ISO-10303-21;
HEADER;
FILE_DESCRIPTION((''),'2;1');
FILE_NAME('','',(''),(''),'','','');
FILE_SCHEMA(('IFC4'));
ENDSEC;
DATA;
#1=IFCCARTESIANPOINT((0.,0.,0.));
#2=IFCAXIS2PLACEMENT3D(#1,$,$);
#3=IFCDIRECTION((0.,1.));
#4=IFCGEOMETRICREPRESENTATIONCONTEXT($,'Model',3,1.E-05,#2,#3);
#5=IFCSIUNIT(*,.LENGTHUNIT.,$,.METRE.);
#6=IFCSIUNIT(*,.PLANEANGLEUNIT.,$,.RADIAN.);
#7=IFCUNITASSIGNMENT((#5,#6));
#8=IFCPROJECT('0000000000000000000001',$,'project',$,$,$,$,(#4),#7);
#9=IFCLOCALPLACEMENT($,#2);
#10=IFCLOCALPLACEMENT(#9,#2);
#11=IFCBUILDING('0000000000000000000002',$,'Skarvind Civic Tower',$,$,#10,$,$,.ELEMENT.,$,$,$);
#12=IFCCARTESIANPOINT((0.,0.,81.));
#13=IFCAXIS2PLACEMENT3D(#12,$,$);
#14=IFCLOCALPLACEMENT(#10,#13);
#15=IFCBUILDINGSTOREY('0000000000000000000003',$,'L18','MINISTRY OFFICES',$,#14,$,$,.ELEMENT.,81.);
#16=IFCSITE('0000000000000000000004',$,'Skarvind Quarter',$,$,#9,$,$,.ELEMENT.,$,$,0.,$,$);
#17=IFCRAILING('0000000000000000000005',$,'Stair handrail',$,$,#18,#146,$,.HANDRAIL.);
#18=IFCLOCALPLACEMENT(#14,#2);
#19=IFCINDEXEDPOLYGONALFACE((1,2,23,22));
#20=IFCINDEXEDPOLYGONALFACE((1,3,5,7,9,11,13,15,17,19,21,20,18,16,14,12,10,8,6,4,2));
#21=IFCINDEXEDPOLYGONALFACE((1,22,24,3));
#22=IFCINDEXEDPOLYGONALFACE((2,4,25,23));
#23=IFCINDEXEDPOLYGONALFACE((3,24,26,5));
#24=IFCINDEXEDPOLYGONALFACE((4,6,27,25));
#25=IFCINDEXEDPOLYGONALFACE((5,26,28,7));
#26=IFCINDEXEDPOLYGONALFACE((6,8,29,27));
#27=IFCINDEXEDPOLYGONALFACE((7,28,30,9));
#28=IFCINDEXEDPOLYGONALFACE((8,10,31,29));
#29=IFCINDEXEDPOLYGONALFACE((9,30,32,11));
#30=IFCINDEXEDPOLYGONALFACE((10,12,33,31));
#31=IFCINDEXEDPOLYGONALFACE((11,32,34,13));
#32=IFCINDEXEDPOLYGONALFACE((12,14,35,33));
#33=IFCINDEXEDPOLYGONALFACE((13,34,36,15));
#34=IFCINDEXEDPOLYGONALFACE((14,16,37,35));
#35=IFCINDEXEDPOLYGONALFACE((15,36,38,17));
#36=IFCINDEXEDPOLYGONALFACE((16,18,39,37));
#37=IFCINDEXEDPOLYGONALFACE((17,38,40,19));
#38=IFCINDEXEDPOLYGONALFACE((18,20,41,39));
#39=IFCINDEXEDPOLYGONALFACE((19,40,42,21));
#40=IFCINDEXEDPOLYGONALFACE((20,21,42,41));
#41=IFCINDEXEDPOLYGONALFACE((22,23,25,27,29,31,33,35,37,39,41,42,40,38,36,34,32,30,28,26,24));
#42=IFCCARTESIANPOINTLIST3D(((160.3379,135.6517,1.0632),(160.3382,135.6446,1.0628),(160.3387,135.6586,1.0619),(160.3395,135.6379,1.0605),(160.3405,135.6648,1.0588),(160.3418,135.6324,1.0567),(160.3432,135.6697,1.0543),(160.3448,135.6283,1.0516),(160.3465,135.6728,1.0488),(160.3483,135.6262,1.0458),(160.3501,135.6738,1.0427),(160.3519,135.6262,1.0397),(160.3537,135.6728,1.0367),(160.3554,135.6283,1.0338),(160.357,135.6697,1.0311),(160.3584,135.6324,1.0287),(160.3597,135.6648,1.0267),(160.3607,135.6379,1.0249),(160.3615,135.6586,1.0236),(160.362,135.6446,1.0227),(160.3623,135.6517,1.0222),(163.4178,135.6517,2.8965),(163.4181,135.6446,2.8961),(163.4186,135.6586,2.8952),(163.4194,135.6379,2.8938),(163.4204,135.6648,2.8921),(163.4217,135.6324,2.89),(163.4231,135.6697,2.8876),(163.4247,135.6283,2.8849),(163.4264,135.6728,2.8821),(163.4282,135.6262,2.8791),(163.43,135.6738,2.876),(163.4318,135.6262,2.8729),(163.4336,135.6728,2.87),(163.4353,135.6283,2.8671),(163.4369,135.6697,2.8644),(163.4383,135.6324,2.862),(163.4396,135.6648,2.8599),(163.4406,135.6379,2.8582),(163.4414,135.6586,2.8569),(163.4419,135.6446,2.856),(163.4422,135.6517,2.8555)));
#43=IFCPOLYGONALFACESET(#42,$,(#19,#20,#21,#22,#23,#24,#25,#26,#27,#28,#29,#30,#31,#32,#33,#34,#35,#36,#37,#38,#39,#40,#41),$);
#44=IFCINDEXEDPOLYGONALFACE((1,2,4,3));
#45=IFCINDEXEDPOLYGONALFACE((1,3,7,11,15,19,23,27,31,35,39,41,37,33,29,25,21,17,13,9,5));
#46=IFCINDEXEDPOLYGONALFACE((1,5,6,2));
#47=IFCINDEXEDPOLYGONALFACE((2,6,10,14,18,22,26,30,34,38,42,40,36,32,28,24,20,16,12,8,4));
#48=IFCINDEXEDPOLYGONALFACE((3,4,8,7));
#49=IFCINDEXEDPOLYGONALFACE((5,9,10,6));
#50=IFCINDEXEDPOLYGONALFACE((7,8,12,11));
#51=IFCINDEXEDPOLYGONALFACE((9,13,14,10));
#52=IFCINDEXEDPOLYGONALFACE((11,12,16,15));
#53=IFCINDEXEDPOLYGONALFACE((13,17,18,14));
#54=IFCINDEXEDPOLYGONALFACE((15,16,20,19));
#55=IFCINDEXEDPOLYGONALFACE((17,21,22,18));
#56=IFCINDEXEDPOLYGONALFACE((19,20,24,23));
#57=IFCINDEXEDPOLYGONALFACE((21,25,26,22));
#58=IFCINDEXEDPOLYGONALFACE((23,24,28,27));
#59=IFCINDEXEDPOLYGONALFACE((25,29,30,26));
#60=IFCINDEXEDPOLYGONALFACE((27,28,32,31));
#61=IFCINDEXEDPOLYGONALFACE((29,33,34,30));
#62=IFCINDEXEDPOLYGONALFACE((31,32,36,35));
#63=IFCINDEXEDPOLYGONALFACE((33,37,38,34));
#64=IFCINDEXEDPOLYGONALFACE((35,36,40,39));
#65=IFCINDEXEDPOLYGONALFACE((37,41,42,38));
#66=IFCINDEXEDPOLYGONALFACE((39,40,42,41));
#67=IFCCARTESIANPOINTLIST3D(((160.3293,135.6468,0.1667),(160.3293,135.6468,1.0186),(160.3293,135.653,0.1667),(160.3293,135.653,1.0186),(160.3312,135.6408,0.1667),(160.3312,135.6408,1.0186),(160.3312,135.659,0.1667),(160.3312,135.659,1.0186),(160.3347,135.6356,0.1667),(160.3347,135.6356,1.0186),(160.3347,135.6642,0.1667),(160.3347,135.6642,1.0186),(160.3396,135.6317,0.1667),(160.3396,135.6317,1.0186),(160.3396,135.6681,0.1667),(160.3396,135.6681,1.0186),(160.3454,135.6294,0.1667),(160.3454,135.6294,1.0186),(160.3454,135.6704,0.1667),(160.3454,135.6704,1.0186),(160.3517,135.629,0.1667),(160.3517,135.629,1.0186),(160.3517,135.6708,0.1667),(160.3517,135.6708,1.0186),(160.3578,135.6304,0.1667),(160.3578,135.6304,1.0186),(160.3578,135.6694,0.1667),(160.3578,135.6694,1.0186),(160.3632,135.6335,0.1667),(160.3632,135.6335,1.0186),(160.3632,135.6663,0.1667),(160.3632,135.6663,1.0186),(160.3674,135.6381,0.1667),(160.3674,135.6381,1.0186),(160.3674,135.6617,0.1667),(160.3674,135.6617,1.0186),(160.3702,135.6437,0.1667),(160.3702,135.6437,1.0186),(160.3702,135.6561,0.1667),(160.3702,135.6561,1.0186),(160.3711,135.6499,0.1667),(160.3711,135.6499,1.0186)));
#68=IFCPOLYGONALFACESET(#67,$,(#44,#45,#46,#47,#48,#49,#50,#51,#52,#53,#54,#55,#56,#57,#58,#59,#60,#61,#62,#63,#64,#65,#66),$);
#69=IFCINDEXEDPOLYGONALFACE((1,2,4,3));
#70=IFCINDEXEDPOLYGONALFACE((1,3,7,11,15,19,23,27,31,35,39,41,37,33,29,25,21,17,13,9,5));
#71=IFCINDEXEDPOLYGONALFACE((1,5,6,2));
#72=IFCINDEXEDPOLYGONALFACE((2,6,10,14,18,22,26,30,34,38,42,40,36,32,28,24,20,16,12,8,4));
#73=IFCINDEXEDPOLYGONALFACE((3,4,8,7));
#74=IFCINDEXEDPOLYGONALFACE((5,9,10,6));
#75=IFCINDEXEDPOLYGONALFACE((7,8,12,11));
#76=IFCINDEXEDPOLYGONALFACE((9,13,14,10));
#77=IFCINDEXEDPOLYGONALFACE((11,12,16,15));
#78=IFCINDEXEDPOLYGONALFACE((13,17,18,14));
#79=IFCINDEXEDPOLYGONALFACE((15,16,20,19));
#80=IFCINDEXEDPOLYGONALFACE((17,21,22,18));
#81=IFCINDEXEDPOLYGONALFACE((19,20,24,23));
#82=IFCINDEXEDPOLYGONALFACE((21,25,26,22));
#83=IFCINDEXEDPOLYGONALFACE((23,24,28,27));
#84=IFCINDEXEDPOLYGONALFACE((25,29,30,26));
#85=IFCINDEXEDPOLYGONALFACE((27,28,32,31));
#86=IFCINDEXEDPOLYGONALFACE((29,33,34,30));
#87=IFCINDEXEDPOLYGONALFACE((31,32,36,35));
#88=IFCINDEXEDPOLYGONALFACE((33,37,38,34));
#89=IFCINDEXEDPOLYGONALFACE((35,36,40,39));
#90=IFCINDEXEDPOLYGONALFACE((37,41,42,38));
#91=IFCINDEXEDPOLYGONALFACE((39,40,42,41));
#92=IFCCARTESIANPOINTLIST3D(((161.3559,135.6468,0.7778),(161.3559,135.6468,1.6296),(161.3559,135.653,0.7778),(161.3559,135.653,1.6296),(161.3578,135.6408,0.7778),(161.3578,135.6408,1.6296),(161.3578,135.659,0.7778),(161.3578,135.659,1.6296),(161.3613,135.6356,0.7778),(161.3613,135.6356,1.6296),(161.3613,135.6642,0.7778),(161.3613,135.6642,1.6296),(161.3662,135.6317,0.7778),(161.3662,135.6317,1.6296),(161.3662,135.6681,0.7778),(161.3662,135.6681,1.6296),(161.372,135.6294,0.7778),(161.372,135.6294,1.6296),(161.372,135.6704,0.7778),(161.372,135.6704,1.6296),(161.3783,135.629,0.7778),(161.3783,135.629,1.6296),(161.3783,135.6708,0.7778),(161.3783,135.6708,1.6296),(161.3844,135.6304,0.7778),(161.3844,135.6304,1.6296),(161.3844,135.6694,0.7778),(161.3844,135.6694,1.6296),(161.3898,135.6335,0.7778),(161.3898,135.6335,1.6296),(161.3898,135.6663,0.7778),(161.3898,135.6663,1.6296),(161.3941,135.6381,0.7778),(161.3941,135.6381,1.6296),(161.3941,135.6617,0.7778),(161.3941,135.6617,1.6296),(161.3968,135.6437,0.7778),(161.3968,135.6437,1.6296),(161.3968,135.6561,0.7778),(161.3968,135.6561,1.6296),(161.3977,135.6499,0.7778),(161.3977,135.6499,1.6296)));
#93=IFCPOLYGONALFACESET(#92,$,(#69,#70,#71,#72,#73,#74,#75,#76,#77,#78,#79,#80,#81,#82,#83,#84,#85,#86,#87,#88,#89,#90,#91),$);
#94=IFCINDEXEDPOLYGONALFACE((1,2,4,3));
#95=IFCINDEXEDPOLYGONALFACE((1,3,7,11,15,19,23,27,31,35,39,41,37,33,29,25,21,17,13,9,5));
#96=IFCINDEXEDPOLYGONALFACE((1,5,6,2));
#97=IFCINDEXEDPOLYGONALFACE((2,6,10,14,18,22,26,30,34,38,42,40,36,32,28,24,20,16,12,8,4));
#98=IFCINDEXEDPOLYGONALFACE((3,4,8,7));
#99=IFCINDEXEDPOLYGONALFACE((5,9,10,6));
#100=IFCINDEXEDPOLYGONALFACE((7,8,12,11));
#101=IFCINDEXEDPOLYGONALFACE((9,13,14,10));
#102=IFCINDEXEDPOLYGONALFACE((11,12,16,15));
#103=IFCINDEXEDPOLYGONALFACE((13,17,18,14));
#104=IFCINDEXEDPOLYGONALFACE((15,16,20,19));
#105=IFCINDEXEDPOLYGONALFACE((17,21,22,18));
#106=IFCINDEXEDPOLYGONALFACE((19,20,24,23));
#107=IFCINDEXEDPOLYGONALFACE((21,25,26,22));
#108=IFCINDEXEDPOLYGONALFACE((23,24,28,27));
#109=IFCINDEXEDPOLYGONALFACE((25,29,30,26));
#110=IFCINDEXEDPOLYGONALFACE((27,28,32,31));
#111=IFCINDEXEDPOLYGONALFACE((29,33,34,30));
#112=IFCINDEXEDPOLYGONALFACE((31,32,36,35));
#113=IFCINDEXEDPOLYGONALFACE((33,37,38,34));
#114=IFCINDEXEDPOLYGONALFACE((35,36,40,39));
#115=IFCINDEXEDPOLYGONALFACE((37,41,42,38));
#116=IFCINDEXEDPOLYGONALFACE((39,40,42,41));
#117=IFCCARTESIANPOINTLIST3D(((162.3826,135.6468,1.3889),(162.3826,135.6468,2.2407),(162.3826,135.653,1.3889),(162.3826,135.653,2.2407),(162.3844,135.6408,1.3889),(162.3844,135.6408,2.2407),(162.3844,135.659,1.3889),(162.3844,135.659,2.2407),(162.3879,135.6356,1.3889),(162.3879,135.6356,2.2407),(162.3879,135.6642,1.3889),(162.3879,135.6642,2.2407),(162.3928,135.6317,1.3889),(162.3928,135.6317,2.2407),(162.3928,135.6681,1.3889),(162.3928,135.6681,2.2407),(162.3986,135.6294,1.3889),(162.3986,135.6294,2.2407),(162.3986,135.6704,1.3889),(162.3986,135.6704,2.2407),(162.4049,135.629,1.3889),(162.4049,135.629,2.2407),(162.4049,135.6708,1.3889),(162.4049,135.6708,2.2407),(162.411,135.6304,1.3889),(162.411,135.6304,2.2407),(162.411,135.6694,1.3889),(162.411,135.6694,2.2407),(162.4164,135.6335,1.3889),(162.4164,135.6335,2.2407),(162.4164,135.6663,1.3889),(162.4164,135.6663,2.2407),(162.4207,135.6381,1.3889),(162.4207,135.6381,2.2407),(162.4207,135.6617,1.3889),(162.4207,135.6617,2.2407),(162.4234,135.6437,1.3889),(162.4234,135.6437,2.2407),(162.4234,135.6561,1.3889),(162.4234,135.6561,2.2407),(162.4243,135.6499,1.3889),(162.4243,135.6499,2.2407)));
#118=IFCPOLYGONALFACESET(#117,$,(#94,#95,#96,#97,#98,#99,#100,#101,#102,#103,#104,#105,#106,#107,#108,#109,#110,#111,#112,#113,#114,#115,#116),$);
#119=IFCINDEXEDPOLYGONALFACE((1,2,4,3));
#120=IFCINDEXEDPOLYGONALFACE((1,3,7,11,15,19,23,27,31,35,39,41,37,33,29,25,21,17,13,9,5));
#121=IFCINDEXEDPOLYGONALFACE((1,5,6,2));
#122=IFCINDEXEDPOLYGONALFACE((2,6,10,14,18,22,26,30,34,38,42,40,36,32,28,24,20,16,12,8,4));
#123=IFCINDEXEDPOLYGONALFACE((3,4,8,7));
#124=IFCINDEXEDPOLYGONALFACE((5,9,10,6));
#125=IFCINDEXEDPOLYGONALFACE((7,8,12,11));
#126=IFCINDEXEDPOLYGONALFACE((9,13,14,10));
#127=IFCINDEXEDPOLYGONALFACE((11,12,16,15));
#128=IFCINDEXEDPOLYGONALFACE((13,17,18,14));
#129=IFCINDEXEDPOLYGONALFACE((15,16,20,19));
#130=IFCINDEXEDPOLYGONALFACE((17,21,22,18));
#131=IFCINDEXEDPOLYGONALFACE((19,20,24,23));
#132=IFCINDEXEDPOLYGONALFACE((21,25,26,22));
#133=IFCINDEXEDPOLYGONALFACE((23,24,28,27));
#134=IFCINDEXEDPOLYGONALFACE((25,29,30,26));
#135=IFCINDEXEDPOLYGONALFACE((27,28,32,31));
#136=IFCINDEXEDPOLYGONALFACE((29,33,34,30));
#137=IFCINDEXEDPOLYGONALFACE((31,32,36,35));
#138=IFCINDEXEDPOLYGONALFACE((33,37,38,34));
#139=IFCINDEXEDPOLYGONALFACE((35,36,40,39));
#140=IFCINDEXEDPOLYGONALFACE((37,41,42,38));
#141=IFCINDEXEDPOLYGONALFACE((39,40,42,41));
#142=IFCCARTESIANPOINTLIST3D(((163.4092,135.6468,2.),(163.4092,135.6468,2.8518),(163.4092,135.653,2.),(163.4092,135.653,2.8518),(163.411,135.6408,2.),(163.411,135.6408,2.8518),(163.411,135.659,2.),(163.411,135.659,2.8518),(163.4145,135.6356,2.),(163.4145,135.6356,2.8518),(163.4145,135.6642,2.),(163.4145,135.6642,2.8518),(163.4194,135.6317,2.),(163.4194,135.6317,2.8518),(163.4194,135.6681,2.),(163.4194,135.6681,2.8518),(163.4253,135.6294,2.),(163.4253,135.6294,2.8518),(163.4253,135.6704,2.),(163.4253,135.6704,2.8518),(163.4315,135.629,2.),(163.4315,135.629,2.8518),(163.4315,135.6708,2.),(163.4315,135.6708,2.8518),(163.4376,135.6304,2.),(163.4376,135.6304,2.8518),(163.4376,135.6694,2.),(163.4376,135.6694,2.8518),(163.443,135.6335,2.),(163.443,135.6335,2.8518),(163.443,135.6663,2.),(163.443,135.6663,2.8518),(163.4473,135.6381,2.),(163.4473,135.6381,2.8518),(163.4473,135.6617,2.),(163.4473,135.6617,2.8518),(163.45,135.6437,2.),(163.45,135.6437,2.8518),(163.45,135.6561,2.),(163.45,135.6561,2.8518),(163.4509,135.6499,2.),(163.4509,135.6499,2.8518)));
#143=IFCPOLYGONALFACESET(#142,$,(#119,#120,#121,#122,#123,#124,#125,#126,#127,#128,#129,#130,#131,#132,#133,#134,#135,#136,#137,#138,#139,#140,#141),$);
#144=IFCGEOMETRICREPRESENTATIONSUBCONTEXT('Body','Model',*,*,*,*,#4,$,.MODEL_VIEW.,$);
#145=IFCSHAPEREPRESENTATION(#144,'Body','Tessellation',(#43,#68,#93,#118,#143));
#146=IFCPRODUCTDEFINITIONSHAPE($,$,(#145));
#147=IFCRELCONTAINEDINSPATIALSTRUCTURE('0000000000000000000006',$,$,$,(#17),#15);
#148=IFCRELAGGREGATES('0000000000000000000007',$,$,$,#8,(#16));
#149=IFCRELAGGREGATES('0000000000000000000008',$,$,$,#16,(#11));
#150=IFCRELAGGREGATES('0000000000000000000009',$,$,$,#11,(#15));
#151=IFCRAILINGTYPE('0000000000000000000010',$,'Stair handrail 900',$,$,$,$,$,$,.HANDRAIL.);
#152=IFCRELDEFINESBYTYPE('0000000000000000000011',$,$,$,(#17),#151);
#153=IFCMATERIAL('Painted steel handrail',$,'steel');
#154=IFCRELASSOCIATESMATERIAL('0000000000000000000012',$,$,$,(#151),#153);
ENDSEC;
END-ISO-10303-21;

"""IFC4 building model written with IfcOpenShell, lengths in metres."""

from ifc_helpers import new_model, si_unit, direction, frame, origin, origin_2d, place, context, subcontext, project, spatial, circle, extrude, material, type_object, element, save


model = new_model("IFC4")

# Units and contexts
model_context = context("Model", 3, precision=1e-05, world=origin(), true_north=direction((0.0, 1.0)))
body_context = subcontext(model_context, "Body", "Model", "MODEL_VIEW")
ifc_project = project(units=[si_unit("LENGTHUNIT", "METRE"), si_unit("PLANEANGLEUNIT", "RADIAN")], contexts=[model_context])

# Site, building, storey
site_placement = place(None, origin())
site = spatial("IfcSite", under=ifc_project, at=site_placement, Name="Skarvind Quarter", CompositionType="ELEMENT", RefElevation=0.0)
building_placement = place(site_placement, origin())
building = spatial("IfcBuilding", under=site, at=building_placement, Name="Skarvind Civic Tower", CompositionType="ELEMENT")
storey_placement = place(building_placement, frame((0.0, 0.0, 81.0)))
storey = spatial("IfcBuildingStorey", under=building, at=storey_placement, Name="L18", Description="MINISTRY OFFICES", CompositionType="ELEMENT", Elevation=81.0)

# Railing
ifc_material_1 = material(Name="Painted steel handrail", Category="steel")
railing_type = type_object("IfcRailingType", Name="Stair handrail 900", PredefinedType="HANDRAIL", material=ifc_material_1)
railing_1_placement = place(storey_placement, frame((160.3501, 135.6499, 0.1667)))
element("IfcRailing", 1, at=railing_1_placement, inside=storey, type_object=railing_type, Name="Stair handrail", PredefinedType="HANDRAIL", context=body_context, shape_type="SweptSolid", body=[
    extrude(circle(Radius=0.0239, at=origin_2d()), frame((0.0, 0.0, 0.876), z_axis=(0.859291, 0.0, 0.511487), x_axis=(0.0, 1.0, 0.0)), (0.0, 0.0, 1.0), 3.5842),
    extrude(circle(Radius=0.021, at=origin_2d()), origin(), (0.0, 0.0, 1.0), 0.8518),
    extrude(circle(Radius=0.021, at=origin_2d()), frame((1.0266, 0.0, 0.6111)), (0.0, 0.0, 1.0), 0.8518),
    extrude(circle(Radius=0.021, at=origin_2d()), frame((2.0532, 0.0, 1.2222)), (0.0, 0.0, 1.0), 0.8518),
    extrude(circle(Radius=0.021, at=origin_2d()), frame((3.0798, 0.0, 1.8333)), (0.0, 0.0, 1.0), 0.8518),
])

save(model, "model.ifc")
